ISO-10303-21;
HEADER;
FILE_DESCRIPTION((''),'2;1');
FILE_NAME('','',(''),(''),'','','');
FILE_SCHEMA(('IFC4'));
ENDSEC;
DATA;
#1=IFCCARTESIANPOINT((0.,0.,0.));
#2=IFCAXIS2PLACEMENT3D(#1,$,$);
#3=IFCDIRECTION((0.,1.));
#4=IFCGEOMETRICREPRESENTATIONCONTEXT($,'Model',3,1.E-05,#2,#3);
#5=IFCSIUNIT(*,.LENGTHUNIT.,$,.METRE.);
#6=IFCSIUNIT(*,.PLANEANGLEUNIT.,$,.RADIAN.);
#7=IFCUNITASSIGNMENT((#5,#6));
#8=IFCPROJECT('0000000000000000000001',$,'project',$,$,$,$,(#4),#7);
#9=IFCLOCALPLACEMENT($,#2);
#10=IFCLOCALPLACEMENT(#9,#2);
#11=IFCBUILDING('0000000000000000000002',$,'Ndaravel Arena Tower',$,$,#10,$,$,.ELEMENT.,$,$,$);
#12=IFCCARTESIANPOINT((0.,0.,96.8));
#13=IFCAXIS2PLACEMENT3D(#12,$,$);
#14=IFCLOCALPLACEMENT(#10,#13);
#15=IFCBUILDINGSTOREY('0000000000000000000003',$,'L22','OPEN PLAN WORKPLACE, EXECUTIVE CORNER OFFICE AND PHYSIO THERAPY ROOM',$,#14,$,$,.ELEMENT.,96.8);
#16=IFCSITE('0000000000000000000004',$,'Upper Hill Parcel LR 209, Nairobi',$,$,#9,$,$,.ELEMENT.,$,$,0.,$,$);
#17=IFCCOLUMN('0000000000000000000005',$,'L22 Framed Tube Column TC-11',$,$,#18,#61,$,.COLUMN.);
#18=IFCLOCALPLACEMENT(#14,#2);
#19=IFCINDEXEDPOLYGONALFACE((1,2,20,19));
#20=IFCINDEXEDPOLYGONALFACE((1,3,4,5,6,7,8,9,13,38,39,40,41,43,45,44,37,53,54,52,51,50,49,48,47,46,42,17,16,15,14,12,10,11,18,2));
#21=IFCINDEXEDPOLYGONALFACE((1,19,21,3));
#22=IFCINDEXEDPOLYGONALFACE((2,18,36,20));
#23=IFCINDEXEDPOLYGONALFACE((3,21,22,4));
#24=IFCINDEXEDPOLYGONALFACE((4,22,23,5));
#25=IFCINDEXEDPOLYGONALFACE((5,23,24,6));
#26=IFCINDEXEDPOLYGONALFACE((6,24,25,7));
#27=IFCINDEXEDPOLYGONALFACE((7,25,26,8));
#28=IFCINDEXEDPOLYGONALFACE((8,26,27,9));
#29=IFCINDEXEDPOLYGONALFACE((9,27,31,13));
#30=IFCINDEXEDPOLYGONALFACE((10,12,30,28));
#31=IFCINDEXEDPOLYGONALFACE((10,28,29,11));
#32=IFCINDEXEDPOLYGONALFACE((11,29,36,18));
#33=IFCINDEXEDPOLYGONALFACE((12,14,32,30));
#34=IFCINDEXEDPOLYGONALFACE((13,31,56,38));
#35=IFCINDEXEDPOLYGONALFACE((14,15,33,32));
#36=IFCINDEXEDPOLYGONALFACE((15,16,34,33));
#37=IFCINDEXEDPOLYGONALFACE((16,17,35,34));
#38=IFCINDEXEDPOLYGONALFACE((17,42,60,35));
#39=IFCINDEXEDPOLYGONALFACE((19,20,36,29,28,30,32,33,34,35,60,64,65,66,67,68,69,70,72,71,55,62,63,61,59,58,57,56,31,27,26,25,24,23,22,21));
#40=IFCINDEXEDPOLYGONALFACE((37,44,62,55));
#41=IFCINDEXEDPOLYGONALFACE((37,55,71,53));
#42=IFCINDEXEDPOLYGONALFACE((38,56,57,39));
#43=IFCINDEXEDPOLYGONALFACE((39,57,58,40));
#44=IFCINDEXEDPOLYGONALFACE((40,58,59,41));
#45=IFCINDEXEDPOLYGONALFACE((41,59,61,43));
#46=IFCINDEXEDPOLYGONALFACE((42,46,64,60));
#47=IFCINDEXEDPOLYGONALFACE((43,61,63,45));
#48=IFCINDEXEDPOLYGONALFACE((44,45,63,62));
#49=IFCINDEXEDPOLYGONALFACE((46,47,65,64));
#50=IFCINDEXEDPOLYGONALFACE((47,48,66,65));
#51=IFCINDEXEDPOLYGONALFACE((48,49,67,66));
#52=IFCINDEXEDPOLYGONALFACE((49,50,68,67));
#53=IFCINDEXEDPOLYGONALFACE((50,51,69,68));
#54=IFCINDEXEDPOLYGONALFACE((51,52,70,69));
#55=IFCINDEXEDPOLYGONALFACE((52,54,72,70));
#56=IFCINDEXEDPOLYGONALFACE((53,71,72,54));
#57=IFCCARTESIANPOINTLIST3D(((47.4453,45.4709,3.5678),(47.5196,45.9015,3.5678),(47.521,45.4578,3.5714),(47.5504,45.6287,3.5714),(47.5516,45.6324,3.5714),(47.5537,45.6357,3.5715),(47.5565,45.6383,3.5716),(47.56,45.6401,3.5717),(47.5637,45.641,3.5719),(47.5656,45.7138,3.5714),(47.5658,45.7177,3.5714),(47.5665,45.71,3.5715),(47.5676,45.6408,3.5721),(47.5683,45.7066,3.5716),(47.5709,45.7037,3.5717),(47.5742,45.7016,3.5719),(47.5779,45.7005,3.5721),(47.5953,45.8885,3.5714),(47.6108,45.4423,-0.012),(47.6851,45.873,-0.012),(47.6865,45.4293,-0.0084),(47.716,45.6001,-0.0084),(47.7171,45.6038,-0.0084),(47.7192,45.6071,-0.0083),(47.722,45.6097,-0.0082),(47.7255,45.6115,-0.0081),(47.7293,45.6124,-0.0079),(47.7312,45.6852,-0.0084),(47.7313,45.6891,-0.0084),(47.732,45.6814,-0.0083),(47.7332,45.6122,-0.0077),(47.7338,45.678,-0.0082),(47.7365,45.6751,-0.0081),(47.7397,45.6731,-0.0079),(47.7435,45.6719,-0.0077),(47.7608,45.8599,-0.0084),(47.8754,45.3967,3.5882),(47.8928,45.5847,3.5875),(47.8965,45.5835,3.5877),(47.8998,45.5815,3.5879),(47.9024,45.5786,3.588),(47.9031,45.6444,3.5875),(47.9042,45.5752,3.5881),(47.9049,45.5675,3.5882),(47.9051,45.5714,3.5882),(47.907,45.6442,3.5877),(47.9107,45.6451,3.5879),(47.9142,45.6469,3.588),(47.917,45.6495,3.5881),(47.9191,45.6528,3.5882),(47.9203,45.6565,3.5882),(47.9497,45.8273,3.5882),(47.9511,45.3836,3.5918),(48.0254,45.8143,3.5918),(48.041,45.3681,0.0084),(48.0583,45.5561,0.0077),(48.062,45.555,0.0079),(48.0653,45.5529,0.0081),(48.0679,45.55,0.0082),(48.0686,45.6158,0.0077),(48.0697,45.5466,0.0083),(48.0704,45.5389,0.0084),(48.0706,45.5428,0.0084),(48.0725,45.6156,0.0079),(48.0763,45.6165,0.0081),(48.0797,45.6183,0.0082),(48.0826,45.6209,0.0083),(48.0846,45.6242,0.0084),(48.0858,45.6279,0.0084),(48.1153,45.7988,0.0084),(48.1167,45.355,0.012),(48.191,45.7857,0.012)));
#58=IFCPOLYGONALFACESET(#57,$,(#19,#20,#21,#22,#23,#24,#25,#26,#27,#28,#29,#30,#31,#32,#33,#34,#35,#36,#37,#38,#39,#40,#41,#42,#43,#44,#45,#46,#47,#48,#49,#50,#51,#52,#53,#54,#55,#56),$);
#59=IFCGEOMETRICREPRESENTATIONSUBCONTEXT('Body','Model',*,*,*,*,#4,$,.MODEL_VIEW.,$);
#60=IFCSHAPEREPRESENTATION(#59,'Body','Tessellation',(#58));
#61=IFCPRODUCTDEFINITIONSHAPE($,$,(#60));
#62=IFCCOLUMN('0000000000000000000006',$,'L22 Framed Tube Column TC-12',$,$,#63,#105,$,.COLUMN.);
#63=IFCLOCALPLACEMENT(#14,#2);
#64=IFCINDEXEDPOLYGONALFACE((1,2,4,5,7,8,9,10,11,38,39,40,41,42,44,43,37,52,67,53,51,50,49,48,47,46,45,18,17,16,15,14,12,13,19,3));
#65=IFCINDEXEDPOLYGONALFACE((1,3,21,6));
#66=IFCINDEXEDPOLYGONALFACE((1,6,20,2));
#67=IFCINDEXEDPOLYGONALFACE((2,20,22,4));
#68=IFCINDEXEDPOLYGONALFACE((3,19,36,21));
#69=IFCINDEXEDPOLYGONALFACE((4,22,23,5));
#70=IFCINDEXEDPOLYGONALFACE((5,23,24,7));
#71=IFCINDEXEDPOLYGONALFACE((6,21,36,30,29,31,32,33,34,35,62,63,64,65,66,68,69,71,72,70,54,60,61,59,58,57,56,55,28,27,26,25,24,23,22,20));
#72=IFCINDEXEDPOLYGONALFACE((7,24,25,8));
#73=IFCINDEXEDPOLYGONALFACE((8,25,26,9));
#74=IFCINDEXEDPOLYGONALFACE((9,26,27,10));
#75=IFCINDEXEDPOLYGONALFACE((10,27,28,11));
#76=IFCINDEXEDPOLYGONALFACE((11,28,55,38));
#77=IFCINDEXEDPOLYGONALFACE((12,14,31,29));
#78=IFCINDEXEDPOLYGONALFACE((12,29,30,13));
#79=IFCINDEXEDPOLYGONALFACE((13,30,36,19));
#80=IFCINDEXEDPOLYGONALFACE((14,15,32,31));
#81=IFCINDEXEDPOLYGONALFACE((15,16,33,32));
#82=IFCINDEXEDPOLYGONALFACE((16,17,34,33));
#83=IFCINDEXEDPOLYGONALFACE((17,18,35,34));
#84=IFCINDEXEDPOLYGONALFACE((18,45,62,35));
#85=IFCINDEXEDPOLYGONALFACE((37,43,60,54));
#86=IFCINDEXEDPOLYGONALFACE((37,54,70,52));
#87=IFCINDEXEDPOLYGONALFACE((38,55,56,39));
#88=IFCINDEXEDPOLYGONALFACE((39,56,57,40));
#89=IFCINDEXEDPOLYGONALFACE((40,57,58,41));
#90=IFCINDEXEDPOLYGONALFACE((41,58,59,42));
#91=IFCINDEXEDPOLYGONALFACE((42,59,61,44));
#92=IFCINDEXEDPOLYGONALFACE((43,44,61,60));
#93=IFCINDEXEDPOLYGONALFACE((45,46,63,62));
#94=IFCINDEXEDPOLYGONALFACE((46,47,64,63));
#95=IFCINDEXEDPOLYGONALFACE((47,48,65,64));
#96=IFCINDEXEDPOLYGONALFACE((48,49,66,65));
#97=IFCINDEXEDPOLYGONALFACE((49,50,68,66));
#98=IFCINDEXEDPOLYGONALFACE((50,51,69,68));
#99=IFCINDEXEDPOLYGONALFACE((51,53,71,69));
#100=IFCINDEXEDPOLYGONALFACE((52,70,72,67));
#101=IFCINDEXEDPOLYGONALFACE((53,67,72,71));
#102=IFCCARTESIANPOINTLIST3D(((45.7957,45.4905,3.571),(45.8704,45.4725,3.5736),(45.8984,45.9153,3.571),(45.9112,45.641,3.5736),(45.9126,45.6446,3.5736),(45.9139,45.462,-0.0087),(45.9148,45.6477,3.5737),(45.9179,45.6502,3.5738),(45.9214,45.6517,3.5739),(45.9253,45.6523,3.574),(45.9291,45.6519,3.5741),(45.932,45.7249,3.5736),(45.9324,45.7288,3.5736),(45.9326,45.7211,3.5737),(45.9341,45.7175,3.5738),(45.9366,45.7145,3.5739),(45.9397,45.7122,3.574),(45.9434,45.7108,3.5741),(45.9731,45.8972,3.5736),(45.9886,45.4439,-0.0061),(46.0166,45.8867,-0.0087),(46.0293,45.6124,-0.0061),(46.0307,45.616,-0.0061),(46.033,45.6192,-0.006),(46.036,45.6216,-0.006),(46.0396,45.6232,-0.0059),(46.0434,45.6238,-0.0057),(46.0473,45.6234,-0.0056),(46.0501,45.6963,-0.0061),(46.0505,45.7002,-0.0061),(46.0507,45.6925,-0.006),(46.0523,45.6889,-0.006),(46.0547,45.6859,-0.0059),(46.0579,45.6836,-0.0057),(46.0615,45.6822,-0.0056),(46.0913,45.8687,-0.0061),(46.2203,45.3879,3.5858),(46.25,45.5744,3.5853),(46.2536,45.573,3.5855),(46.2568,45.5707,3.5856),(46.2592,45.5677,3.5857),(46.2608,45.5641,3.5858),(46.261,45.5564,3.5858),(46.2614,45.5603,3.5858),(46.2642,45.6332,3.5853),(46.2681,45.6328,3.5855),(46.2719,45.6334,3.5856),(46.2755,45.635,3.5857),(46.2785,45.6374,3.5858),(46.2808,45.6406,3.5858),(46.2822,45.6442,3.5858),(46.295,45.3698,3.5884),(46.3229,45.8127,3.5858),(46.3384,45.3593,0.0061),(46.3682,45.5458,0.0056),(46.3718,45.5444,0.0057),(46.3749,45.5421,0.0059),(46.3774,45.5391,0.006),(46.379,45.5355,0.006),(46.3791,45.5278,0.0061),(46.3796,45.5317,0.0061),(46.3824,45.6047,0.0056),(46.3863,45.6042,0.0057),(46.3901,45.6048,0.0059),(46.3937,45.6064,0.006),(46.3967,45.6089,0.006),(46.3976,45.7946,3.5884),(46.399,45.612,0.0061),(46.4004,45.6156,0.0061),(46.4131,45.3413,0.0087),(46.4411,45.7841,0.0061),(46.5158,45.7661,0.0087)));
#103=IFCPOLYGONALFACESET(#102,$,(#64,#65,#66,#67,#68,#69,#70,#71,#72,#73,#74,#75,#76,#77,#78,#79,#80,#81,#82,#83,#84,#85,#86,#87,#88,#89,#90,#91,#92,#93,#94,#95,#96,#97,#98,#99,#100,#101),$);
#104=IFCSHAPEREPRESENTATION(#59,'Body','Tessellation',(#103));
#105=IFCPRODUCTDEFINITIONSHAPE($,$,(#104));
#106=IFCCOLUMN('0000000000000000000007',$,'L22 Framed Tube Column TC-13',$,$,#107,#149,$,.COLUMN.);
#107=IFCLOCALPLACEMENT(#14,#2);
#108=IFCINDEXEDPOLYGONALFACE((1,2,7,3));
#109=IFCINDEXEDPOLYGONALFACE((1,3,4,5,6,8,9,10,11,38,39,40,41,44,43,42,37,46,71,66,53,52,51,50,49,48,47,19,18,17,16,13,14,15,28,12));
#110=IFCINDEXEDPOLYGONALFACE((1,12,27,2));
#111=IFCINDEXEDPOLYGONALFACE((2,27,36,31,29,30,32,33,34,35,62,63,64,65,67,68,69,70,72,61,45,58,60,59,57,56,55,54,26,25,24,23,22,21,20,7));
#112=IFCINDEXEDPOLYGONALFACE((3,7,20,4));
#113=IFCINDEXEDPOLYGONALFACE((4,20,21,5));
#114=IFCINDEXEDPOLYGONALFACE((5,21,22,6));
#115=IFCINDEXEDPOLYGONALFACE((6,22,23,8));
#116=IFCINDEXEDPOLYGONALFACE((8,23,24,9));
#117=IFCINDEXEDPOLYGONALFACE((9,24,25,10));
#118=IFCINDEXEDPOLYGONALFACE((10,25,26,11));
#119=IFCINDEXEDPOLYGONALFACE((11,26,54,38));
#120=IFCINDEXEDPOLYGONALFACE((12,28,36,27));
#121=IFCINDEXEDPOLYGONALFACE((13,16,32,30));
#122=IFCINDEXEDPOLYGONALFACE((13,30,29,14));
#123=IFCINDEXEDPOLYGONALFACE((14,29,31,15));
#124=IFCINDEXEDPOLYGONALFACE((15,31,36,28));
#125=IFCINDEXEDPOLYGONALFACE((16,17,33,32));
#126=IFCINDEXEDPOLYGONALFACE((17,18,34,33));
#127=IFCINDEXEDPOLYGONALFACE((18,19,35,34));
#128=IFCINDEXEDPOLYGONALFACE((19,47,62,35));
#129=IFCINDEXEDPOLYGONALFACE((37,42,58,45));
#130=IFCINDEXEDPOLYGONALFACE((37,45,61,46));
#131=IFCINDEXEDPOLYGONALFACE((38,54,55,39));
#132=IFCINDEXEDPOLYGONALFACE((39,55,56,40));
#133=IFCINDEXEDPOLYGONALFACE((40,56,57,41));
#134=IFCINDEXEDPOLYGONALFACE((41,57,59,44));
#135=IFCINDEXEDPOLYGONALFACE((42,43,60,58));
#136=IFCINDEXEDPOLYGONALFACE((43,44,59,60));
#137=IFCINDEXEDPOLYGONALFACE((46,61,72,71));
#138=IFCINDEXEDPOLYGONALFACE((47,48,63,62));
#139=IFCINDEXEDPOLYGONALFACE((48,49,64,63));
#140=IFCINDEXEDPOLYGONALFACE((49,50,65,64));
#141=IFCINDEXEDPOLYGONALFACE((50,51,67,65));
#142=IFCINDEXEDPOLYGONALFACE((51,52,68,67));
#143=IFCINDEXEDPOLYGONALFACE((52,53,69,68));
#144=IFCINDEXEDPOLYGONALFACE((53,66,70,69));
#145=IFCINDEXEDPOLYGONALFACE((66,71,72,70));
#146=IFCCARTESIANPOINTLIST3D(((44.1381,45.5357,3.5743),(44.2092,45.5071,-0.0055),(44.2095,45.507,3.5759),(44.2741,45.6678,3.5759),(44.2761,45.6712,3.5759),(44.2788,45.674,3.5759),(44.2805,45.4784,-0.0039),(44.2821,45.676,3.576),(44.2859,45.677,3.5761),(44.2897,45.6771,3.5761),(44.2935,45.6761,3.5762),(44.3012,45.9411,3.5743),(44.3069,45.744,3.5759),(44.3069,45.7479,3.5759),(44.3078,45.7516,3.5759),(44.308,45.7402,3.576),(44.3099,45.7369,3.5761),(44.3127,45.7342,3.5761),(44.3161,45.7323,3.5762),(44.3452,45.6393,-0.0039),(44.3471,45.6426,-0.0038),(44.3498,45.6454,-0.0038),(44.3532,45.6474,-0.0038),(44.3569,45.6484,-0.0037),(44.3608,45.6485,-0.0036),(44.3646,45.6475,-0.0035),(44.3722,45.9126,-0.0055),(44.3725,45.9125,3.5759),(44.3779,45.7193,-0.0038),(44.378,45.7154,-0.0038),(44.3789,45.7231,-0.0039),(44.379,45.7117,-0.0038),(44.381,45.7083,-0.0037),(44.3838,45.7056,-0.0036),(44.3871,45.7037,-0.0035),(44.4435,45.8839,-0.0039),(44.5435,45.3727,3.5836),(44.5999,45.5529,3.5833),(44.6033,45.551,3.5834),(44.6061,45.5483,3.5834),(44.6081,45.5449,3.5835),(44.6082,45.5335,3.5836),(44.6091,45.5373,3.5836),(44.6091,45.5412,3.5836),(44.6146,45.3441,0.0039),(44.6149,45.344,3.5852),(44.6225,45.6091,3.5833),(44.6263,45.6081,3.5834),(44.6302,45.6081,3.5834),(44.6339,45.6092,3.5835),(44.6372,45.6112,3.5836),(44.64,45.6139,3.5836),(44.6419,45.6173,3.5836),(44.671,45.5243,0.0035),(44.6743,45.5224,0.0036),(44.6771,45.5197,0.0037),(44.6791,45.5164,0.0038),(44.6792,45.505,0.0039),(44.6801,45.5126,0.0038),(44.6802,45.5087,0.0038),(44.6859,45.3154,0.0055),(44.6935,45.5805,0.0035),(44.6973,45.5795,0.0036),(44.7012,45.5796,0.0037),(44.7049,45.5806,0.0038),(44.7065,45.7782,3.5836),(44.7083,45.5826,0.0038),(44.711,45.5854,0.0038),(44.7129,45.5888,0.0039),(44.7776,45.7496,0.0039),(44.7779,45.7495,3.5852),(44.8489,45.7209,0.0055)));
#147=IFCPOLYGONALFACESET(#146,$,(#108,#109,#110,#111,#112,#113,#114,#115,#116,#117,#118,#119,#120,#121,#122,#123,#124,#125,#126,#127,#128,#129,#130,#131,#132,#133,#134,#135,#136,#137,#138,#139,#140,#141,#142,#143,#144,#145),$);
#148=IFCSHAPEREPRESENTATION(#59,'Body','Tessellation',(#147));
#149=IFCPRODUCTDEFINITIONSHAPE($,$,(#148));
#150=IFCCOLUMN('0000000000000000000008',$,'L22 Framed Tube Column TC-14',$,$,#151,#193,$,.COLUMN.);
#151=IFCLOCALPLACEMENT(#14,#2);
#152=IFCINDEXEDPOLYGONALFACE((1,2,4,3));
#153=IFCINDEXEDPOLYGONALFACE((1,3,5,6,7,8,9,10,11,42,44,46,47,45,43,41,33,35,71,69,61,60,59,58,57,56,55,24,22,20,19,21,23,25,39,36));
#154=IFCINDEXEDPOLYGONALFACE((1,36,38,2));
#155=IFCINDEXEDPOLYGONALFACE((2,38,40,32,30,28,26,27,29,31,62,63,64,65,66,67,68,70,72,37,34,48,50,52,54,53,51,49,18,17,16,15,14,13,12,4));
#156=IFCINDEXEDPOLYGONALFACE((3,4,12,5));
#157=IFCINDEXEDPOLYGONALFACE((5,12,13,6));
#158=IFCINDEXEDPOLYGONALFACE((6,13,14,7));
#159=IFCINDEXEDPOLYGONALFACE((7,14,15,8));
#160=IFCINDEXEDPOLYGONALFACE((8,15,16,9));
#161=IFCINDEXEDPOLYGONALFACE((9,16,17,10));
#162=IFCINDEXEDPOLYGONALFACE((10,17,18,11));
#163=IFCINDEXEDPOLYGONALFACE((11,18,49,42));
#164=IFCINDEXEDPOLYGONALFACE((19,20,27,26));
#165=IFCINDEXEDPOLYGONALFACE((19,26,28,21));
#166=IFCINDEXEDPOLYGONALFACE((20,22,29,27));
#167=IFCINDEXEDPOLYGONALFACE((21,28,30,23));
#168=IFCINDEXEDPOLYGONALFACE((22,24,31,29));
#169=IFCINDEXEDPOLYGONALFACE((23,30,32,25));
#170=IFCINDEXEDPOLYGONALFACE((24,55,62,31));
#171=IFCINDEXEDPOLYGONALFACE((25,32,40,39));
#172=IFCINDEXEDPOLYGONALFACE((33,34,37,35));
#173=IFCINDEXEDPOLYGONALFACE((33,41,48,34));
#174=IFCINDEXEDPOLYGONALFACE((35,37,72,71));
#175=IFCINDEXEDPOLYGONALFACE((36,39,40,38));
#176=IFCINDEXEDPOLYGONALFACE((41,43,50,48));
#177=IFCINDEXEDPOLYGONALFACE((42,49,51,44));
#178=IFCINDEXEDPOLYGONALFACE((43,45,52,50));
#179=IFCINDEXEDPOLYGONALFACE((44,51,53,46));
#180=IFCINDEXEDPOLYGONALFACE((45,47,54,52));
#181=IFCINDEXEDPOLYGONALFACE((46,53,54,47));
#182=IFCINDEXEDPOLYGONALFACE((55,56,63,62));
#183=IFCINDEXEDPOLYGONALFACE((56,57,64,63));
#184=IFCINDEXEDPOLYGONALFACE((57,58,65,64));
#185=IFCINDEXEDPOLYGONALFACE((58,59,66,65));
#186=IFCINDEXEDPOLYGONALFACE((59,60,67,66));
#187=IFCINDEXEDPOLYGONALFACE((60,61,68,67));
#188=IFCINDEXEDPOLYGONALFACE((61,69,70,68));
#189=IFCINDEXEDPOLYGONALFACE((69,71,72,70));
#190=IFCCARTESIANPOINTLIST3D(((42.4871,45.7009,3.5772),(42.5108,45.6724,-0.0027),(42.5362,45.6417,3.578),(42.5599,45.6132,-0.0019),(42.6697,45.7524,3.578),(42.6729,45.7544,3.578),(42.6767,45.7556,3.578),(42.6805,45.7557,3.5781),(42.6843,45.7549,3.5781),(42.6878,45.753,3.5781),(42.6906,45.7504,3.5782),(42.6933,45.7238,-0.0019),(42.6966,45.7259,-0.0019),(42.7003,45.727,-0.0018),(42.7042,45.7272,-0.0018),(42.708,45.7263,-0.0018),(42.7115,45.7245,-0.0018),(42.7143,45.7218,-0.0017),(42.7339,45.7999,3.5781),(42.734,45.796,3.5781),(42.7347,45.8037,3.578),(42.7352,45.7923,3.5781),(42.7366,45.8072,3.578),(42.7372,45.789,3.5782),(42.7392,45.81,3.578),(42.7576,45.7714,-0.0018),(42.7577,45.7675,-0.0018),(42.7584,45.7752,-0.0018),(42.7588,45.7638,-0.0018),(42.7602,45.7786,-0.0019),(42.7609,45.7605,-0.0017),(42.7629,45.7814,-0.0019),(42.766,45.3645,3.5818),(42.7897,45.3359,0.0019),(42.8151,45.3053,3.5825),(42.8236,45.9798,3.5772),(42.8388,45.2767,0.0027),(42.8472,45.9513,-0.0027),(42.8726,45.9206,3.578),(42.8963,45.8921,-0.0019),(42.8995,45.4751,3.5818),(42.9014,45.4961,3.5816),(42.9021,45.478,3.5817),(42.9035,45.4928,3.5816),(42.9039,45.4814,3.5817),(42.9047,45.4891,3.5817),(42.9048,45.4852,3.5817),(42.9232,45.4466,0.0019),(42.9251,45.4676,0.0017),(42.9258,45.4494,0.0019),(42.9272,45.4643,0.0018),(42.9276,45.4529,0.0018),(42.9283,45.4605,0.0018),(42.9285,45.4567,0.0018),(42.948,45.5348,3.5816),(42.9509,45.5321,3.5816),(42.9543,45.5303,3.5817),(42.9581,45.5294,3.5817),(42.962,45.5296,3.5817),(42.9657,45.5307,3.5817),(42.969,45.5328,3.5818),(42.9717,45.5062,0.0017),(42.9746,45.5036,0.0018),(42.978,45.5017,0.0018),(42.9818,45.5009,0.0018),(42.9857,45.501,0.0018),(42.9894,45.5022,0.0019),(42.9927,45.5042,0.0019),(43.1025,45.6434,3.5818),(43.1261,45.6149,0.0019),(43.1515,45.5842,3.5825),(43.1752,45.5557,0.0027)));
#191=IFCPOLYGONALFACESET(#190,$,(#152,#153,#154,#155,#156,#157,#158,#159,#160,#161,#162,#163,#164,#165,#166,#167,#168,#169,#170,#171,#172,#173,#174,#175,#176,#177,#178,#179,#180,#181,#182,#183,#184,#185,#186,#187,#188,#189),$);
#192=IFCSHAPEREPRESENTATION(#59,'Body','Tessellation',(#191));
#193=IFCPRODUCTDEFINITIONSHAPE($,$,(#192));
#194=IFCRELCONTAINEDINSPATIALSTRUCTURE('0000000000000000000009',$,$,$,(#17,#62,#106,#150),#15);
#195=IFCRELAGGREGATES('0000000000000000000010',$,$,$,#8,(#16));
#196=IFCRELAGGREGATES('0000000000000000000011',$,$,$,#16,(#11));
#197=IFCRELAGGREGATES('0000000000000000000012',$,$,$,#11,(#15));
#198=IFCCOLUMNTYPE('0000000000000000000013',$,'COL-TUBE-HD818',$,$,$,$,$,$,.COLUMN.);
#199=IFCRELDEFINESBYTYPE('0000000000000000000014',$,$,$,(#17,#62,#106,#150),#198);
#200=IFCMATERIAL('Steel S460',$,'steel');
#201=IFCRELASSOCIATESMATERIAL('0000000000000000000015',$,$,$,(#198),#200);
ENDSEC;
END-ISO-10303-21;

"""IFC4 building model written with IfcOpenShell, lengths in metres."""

from ifc_helpers import new_model, si_unit, direction, frame, origin, origin_2d, place, context, subcontext, project, spatial, i_section, extrude, material, material_profile, profile_set, type_object, element, save


model = new_model("IFC4")

# Units and contexts
model_context = context("Model", 3, precision=1e-05, world=origin(), true_north=direction((0.0, 1.0)))
body_context = subcontext(model_context, "Body", "Model", "MODEL_VIEW")
ifc_project = project(units=[si_unit("LENGTHUNIT", "METRE"), si_unit("PLANEANGLEUNIT", "RADIAN")], contexts=[model_context])

# Site, building, storey
site_placement = place(None, origin())
site = spatial("IfcSite", under=ifc_project, at=site_placement, Name="Upper Hill Parcel LR 209, Nairobi", CompositionType="ELEMENT", RefElevation=0.0)
building_placement = place(site_placement, origin())
building = spatial("IfcBuilding", under=site, at=building_placement, Name="Ndaravel Arena Tower", CompositionType="ELEMENT")
storey_placement = place(building_placement, frame((0.0, 0.0, 96.8)))
storey = spatial("IfcBuildingStorey", under=building, at=storey_placement, Name="L22", Description="OPEN PLAN WORKPLACE, EXECUTIVE CORNER OFFICE AND PHYSIO THERAPY ROOM", CompositionType="ELEMENT", Elevation=96.8)

# Columns
ifc_material_1 = material(Name="Steel S460", Category="steel")
ifc_material_profile_1 = material_profile(ifc_material_1, i_section(OverallWidth=0.437, OverallDepth=0.5139, WebThickness=0.0605, FlangeThickness=0.0769, FilletRadius=0.0149, at=origin_2d()), Name="HD 400x818")
ifc_profile_set_1 = profile_set([ifc_material_profile_1], Name="Steel S460")
column_type = type_object("IfcColumnType", Name="COL-TUBE-HD818", PredefinedType="COLUMN", material=ifc_profile_set_1)
column_1_placement = place(storey_placement, frame((47.9009, 45.614, 0.0), z_axis=(-0.046188, 0.00797, 0.998901), x_axis=(-0.170053, -0.985435, 0.0)))
element("IfcColumn", 1, at=column_1_placement, inside=storey, type_object=column_type, Name="L22 Framed Tube Column TC-11", PredefinedType="COLUMN", context=body_context, shape_type="SweptSolid", body=[
    extrude(i_section(OverallWidth=0.437, OverallDepth=0.5139, WebThickness=0.0605, FlangeThickness=0.0769, FilletRadius=0.0149, at=origin_2d()), origin(), (0.0, 0.0, 1.0), 3.5837),
])
column_2_placement = place(storey_placement, frame((46.2148, 45.614, 0.0), z_axis=(-0.032989, 0.007975, 0.999424), x_axis=(-0.234968, -0.972003, 0.0)))
element("IfcColumn", 2, at=column_2_placement, inside=storey, type_object=column_type, Name="L22 Framed Tube Column TC-12", PredefinedType="COLUMN", context=body_context, shape_type="SweptSolid", body=[
    extrude(i_section(OverallWidth=0.437, OverallDepth=0.5139, WebThickness=0.0605, FlangeThickness=0.0769, FilletRadius=0.0149, at=origin_2d()), origin(), (0.0, 0.0, 1.0), 3.5818),
])
column_3_placement = place(storey_placement, frame((44.5291, 45.614, 0.0), z_axis=(-0.019841, 0.007977, 0.999771), x_axis=(-0.373039, -0.927816, 0.0)))
element("IfcColumn", 3, at=column_3_placement, inside=storey, type_object=column_type, Name="L22 Framed Tube Column TC-13", PredefinedType="COLUMN", context=body_context, shape_type="SweptSolid", body=[
    extrude(i_section(OverallWidth=0.437, OverallDepth=0.5139, WebThickness=0.0605, FlangeThickness=0.0769, FilletRadius=0.0149, at=origin_2d()), origin(), (0.0, 0.0, 1.0), 3.5806),
])
column_4_placement = place(storey_placement, frame((42.843, 45.614, 0.0), z_axis=(-0.006615, 0.007979, 0.999946), x_axis=(-0.769837, -0.638241, 0.0)))
element("IfcColumn", 4, at=column_4_placement, inside=storey, type_object=column_type, Name="L22 Framed Tube Column TC-14", PredefinedType="COLUMN", context=body_context, shape_type="SweptSolid", body=[
    extrude(i_section(OverallWidth=0.437, OverallDepth=0.5139, WebThickness=0.0605, FlangeThickness=0.0769, FilletRadius=0.0149, at=origin_2d()), origin(), (0.0, 0.0, 1.0), 3.5801),
])

save(model, "model.ifc")
